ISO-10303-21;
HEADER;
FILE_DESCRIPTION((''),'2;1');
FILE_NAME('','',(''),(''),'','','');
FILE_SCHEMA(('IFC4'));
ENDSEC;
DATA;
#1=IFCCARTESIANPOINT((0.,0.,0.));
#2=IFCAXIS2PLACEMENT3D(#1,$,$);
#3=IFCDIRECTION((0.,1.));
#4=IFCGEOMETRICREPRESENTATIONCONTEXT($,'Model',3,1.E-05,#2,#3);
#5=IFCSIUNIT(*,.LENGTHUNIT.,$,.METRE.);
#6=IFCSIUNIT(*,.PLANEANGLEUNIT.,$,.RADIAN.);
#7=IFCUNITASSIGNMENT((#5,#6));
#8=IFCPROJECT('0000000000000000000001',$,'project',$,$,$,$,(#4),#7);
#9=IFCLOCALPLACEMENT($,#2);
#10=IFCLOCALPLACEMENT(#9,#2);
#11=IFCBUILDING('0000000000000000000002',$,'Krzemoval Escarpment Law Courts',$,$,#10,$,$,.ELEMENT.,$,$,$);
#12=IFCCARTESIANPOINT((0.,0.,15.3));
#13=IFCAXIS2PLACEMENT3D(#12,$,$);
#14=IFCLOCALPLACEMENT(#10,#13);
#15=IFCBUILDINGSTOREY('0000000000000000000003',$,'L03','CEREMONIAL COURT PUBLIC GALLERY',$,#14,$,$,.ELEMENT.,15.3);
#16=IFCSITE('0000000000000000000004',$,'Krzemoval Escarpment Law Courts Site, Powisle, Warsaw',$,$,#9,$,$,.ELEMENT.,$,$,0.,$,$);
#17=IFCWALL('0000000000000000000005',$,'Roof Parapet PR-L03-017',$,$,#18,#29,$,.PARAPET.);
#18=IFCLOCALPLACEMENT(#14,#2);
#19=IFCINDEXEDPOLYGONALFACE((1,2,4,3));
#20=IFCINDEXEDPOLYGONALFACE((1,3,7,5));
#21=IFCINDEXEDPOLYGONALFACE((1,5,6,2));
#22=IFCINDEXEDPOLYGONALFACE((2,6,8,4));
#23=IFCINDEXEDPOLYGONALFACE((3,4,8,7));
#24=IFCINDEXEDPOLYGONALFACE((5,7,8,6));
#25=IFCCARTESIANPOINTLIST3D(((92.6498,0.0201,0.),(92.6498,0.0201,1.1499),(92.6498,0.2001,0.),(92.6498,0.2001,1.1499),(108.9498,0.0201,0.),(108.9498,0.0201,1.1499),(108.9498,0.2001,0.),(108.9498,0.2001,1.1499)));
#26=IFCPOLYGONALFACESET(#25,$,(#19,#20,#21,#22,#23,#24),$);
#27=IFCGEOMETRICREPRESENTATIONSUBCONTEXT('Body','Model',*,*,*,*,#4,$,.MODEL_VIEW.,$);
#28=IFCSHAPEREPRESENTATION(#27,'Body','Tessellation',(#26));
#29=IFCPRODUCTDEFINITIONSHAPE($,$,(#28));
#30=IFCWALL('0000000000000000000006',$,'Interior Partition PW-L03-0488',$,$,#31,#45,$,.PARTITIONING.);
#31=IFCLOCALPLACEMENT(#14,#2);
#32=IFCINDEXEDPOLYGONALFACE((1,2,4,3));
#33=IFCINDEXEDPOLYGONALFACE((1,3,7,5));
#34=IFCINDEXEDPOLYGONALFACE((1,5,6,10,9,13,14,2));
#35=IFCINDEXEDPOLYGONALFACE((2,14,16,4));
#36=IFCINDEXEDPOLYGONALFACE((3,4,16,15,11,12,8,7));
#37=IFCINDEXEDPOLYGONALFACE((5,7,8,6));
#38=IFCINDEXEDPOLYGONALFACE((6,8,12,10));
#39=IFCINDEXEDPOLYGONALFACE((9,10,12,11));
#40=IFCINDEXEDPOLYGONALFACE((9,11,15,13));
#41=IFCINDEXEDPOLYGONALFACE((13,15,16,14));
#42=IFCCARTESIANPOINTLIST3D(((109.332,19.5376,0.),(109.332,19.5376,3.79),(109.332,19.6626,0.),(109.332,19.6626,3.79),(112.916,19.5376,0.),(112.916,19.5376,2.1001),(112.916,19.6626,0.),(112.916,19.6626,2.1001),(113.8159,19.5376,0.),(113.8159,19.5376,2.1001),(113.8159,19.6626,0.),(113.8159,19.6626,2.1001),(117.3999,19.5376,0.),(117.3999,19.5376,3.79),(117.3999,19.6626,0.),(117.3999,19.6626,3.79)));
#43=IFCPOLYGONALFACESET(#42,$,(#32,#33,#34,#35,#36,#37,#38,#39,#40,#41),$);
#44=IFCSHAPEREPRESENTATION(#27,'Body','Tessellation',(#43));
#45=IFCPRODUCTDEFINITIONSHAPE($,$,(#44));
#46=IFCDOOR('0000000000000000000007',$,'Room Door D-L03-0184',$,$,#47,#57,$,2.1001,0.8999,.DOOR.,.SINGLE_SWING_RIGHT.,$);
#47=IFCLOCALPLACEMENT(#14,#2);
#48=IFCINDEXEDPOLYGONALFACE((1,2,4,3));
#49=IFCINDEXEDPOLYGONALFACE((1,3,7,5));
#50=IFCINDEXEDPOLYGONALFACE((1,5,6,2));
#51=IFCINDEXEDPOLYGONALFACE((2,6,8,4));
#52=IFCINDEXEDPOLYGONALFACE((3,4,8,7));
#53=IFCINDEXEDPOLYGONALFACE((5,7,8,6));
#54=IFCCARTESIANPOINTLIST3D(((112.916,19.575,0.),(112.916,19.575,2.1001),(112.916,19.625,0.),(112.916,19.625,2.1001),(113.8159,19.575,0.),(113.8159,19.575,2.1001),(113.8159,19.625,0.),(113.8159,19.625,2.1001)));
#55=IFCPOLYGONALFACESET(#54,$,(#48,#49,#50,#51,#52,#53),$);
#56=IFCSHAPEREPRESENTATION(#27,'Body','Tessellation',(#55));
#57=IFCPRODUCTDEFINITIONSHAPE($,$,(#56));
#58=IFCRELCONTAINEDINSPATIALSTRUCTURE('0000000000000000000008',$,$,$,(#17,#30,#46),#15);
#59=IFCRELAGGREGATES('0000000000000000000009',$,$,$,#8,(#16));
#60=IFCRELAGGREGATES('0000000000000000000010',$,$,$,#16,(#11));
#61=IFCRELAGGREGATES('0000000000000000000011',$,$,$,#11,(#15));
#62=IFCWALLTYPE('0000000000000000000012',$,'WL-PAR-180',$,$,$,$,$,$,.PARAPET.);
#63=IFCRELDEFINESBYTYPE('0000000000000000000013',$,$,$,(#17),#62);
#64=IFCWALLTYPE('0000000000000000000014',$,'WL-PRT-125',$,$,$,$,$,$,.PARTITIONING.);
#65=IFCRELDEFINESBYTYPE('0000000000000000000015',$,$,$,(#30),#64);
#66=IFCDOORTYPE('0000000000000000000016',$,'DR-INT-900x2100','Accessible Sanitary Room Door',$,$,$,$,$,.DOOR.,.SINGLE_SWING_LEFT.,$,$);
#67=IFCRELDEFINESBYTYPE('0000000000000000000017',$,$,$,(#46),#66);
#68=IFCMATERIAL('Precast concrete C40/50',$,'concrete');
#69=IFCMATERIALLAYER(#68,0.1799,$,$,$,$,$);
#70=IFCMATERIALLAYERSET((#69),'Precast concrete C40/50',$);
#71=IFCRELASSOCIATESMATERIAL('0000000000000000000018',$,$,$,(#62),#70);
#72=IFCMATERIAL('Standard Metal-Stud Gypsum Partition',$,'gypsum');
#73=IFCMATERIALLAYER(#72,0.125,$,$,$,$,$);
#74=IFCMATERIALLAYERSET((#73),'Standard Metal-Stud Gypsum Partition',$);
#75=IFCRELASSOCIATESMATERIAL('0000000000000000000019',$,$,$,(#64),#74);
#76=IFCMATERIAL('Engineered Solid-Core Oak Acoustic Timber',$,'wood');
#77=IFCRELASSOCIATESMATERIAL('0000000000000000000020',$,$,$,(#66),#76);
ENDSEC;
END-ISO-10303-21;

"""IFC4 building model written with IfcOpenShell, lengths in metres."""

from ifc_helpers import new_model, si_unit, direction, frame, frame_2d, origin, place, context, subcontext, project, spatial, rectangle, extrude, material, layer, layer_set, type_object, element, fill, save


model = new_model("IFC4")

# Units and contexts
model_context = context("Model", 3, precision=1e-05, world=origin(), true_north=direction((0.0, 1.0)))
body_context = subcontext(model_context, "Body", "Model", "MODEL_VIEW")
ifc_project = project(units=[si_unit("LENGTHUNIT", "METRE"), si_unit("PLANEANGLEUNIT", "RADIAN")], contexts=[model_context])

# Site, building, storey
site_placement = place(None, origin())
site = spatial("IfcSite", under=ifc_project, at=site_placement, Name="Krzemoval Escarpment Law Courts Site, Powisle, Warsaw", CompositionType="ELEMENT", RefElevation=0.0)
building_placement = place(site_placement, origin())
building = spatial("IfcBuilding", under=site, at=building_placement, Name="Krzemoval Escarpment Law Courts", CompositionType="ELEMENT")
storey_placement = place(building_placement, frame((0.0, 0.0, 15.3)))
storey = spatial("IfcBuildingStorey", under=building, at=storey_placement, Name="L03", Description="CEREMONIAL COURT PUBLIC GALLERY", CompositionType="ELEMENT", Elevation=15.3)

# Wall
ifc_material_1 = material(Name="Precast concrete C40/50", Category="concrete")
ifc_layer_1 = layer(ifc_material_1, 0.1799)
ifc_layer_set_1 = layer_set([ifc_layer_1], Name="Precast concrete C40/50")
wall_type_1 = type_object("IfcWallType", Name="WL-PAR-180", PredefinedType="PARAPET", material=ifc_layer_set_1)
wall_1_placement = place(storey_placement, frame((92.6499, 0.1101, 0.0), z_axis=(0.0, 0.0, 1.0), x_axis=(1.0, 0.0, 0.0)))
element("IfcWall", 1, at=wall_1_placement, inside=storey, type_object=wall_type_1, Name="Roof Parapet PR-L03-017", PredefinedType="PARAPET", context=body_context, shape_type="SweptSolid", body=[
    extrude(rectangle(XDim=16.3, YDim=0.1799, at=frame_2d((8.1499, 0.0))), origin(), (0.0, 0.0, 1.0), 1.1499),
])

# Wall, opening, door
ifc_material_2 = material(Name="Standard Metal-Stud Gypsum Partition", Category="gypsum")
ifc_layer_2 = layer(ifc_material_2, 0.125)
ifc_layer_set_2 = layer_set([ifc_layer_2], Name="Standard Metal-Stud Gypsum Partition")
wall_type_2 = type_object("IfcWallType", Name="WL-PRT-125", PredefinedType="PARTITIONING", material=ifc_layer_set_2)
wall_2_placement = place(storey_placement, frame((109.332, 19.6001, 0.0), z_axis=(0.0, 0.0, 1.0), x_axis=(1.0, 0.0, 0.0)))
wall_2 = element("IfcWall", 2, at=wall_2_placement, inside=storey, type_object=wall_type_2, Name="Interior Partition PW-L03-0488", PredefinedType="PARTITIONING", context=body_context, shape_type="SweptSolid", body=[
    extrude(rectangle(XDim=8.0679, YDim=0.125, at=frame_2d((4.0339, 0.0))), origin(), (0.0, 0.0, 1.0), 3.79),
])
opening_1_placement = place(wall_2_placement, frame((3.584, 0.0, 0.0)))
opening_1 = element("IfcOpeningElement", 3, at=opening_1_placement, cuts=wall_2, PredefinedType="OPENING", context=body_context, shape_type="SweptSolid", body=[
    extrude(rectangle(XDim=0.8999, YDim=2.1001, at=frame_2d((0.45, 1.05))), frame((0.0, 0.0775, 0.0), z_axis=(0.0, -1.0, 0.0), x_axis=(1.0, 0.0, 0.0)), (0.0, 0.0, 1.0), 0.155),
])
ifc_material_3 = material(Name="Engineered Solid-Core Oak Acoustic Timber", Category="wood")
door_type = type_object("IfcDoorType", Name="DR-INT-900x2100", Description="Accessible Sanitary Room Door", OperationType="SINGLE_SWING_LEFT", PredefinedType="DOOR", material=ifc_material_3)
door_placement = place(opening_1_placement, origin())
door = element("IfcDoor", 4, at=door_placement, inside=storey, type_object=door_type, Name="Room Door D-L03-0184", OperationType="SINGLE_SWING_RIGHT", OverallHeight=2.1001, OverallWidth=0.8999, PredefinedType="DOOR", context=body_context, shape_type="SweptSolid", body=[
    extrude(rectangle(XDim=0.8999, YDim=2.1001, at=frame_2d((0.45, 1.05))), frame((0.0, 0.0249, 0.0), z_axis=(0.0, -1.0, 0.0), x_axis=(1.0, 0.0, 0.0)), (0.0, 0.0, 1.0), 0.05),
])
fill(opening_1, door)

save(model, "model.ifc")
